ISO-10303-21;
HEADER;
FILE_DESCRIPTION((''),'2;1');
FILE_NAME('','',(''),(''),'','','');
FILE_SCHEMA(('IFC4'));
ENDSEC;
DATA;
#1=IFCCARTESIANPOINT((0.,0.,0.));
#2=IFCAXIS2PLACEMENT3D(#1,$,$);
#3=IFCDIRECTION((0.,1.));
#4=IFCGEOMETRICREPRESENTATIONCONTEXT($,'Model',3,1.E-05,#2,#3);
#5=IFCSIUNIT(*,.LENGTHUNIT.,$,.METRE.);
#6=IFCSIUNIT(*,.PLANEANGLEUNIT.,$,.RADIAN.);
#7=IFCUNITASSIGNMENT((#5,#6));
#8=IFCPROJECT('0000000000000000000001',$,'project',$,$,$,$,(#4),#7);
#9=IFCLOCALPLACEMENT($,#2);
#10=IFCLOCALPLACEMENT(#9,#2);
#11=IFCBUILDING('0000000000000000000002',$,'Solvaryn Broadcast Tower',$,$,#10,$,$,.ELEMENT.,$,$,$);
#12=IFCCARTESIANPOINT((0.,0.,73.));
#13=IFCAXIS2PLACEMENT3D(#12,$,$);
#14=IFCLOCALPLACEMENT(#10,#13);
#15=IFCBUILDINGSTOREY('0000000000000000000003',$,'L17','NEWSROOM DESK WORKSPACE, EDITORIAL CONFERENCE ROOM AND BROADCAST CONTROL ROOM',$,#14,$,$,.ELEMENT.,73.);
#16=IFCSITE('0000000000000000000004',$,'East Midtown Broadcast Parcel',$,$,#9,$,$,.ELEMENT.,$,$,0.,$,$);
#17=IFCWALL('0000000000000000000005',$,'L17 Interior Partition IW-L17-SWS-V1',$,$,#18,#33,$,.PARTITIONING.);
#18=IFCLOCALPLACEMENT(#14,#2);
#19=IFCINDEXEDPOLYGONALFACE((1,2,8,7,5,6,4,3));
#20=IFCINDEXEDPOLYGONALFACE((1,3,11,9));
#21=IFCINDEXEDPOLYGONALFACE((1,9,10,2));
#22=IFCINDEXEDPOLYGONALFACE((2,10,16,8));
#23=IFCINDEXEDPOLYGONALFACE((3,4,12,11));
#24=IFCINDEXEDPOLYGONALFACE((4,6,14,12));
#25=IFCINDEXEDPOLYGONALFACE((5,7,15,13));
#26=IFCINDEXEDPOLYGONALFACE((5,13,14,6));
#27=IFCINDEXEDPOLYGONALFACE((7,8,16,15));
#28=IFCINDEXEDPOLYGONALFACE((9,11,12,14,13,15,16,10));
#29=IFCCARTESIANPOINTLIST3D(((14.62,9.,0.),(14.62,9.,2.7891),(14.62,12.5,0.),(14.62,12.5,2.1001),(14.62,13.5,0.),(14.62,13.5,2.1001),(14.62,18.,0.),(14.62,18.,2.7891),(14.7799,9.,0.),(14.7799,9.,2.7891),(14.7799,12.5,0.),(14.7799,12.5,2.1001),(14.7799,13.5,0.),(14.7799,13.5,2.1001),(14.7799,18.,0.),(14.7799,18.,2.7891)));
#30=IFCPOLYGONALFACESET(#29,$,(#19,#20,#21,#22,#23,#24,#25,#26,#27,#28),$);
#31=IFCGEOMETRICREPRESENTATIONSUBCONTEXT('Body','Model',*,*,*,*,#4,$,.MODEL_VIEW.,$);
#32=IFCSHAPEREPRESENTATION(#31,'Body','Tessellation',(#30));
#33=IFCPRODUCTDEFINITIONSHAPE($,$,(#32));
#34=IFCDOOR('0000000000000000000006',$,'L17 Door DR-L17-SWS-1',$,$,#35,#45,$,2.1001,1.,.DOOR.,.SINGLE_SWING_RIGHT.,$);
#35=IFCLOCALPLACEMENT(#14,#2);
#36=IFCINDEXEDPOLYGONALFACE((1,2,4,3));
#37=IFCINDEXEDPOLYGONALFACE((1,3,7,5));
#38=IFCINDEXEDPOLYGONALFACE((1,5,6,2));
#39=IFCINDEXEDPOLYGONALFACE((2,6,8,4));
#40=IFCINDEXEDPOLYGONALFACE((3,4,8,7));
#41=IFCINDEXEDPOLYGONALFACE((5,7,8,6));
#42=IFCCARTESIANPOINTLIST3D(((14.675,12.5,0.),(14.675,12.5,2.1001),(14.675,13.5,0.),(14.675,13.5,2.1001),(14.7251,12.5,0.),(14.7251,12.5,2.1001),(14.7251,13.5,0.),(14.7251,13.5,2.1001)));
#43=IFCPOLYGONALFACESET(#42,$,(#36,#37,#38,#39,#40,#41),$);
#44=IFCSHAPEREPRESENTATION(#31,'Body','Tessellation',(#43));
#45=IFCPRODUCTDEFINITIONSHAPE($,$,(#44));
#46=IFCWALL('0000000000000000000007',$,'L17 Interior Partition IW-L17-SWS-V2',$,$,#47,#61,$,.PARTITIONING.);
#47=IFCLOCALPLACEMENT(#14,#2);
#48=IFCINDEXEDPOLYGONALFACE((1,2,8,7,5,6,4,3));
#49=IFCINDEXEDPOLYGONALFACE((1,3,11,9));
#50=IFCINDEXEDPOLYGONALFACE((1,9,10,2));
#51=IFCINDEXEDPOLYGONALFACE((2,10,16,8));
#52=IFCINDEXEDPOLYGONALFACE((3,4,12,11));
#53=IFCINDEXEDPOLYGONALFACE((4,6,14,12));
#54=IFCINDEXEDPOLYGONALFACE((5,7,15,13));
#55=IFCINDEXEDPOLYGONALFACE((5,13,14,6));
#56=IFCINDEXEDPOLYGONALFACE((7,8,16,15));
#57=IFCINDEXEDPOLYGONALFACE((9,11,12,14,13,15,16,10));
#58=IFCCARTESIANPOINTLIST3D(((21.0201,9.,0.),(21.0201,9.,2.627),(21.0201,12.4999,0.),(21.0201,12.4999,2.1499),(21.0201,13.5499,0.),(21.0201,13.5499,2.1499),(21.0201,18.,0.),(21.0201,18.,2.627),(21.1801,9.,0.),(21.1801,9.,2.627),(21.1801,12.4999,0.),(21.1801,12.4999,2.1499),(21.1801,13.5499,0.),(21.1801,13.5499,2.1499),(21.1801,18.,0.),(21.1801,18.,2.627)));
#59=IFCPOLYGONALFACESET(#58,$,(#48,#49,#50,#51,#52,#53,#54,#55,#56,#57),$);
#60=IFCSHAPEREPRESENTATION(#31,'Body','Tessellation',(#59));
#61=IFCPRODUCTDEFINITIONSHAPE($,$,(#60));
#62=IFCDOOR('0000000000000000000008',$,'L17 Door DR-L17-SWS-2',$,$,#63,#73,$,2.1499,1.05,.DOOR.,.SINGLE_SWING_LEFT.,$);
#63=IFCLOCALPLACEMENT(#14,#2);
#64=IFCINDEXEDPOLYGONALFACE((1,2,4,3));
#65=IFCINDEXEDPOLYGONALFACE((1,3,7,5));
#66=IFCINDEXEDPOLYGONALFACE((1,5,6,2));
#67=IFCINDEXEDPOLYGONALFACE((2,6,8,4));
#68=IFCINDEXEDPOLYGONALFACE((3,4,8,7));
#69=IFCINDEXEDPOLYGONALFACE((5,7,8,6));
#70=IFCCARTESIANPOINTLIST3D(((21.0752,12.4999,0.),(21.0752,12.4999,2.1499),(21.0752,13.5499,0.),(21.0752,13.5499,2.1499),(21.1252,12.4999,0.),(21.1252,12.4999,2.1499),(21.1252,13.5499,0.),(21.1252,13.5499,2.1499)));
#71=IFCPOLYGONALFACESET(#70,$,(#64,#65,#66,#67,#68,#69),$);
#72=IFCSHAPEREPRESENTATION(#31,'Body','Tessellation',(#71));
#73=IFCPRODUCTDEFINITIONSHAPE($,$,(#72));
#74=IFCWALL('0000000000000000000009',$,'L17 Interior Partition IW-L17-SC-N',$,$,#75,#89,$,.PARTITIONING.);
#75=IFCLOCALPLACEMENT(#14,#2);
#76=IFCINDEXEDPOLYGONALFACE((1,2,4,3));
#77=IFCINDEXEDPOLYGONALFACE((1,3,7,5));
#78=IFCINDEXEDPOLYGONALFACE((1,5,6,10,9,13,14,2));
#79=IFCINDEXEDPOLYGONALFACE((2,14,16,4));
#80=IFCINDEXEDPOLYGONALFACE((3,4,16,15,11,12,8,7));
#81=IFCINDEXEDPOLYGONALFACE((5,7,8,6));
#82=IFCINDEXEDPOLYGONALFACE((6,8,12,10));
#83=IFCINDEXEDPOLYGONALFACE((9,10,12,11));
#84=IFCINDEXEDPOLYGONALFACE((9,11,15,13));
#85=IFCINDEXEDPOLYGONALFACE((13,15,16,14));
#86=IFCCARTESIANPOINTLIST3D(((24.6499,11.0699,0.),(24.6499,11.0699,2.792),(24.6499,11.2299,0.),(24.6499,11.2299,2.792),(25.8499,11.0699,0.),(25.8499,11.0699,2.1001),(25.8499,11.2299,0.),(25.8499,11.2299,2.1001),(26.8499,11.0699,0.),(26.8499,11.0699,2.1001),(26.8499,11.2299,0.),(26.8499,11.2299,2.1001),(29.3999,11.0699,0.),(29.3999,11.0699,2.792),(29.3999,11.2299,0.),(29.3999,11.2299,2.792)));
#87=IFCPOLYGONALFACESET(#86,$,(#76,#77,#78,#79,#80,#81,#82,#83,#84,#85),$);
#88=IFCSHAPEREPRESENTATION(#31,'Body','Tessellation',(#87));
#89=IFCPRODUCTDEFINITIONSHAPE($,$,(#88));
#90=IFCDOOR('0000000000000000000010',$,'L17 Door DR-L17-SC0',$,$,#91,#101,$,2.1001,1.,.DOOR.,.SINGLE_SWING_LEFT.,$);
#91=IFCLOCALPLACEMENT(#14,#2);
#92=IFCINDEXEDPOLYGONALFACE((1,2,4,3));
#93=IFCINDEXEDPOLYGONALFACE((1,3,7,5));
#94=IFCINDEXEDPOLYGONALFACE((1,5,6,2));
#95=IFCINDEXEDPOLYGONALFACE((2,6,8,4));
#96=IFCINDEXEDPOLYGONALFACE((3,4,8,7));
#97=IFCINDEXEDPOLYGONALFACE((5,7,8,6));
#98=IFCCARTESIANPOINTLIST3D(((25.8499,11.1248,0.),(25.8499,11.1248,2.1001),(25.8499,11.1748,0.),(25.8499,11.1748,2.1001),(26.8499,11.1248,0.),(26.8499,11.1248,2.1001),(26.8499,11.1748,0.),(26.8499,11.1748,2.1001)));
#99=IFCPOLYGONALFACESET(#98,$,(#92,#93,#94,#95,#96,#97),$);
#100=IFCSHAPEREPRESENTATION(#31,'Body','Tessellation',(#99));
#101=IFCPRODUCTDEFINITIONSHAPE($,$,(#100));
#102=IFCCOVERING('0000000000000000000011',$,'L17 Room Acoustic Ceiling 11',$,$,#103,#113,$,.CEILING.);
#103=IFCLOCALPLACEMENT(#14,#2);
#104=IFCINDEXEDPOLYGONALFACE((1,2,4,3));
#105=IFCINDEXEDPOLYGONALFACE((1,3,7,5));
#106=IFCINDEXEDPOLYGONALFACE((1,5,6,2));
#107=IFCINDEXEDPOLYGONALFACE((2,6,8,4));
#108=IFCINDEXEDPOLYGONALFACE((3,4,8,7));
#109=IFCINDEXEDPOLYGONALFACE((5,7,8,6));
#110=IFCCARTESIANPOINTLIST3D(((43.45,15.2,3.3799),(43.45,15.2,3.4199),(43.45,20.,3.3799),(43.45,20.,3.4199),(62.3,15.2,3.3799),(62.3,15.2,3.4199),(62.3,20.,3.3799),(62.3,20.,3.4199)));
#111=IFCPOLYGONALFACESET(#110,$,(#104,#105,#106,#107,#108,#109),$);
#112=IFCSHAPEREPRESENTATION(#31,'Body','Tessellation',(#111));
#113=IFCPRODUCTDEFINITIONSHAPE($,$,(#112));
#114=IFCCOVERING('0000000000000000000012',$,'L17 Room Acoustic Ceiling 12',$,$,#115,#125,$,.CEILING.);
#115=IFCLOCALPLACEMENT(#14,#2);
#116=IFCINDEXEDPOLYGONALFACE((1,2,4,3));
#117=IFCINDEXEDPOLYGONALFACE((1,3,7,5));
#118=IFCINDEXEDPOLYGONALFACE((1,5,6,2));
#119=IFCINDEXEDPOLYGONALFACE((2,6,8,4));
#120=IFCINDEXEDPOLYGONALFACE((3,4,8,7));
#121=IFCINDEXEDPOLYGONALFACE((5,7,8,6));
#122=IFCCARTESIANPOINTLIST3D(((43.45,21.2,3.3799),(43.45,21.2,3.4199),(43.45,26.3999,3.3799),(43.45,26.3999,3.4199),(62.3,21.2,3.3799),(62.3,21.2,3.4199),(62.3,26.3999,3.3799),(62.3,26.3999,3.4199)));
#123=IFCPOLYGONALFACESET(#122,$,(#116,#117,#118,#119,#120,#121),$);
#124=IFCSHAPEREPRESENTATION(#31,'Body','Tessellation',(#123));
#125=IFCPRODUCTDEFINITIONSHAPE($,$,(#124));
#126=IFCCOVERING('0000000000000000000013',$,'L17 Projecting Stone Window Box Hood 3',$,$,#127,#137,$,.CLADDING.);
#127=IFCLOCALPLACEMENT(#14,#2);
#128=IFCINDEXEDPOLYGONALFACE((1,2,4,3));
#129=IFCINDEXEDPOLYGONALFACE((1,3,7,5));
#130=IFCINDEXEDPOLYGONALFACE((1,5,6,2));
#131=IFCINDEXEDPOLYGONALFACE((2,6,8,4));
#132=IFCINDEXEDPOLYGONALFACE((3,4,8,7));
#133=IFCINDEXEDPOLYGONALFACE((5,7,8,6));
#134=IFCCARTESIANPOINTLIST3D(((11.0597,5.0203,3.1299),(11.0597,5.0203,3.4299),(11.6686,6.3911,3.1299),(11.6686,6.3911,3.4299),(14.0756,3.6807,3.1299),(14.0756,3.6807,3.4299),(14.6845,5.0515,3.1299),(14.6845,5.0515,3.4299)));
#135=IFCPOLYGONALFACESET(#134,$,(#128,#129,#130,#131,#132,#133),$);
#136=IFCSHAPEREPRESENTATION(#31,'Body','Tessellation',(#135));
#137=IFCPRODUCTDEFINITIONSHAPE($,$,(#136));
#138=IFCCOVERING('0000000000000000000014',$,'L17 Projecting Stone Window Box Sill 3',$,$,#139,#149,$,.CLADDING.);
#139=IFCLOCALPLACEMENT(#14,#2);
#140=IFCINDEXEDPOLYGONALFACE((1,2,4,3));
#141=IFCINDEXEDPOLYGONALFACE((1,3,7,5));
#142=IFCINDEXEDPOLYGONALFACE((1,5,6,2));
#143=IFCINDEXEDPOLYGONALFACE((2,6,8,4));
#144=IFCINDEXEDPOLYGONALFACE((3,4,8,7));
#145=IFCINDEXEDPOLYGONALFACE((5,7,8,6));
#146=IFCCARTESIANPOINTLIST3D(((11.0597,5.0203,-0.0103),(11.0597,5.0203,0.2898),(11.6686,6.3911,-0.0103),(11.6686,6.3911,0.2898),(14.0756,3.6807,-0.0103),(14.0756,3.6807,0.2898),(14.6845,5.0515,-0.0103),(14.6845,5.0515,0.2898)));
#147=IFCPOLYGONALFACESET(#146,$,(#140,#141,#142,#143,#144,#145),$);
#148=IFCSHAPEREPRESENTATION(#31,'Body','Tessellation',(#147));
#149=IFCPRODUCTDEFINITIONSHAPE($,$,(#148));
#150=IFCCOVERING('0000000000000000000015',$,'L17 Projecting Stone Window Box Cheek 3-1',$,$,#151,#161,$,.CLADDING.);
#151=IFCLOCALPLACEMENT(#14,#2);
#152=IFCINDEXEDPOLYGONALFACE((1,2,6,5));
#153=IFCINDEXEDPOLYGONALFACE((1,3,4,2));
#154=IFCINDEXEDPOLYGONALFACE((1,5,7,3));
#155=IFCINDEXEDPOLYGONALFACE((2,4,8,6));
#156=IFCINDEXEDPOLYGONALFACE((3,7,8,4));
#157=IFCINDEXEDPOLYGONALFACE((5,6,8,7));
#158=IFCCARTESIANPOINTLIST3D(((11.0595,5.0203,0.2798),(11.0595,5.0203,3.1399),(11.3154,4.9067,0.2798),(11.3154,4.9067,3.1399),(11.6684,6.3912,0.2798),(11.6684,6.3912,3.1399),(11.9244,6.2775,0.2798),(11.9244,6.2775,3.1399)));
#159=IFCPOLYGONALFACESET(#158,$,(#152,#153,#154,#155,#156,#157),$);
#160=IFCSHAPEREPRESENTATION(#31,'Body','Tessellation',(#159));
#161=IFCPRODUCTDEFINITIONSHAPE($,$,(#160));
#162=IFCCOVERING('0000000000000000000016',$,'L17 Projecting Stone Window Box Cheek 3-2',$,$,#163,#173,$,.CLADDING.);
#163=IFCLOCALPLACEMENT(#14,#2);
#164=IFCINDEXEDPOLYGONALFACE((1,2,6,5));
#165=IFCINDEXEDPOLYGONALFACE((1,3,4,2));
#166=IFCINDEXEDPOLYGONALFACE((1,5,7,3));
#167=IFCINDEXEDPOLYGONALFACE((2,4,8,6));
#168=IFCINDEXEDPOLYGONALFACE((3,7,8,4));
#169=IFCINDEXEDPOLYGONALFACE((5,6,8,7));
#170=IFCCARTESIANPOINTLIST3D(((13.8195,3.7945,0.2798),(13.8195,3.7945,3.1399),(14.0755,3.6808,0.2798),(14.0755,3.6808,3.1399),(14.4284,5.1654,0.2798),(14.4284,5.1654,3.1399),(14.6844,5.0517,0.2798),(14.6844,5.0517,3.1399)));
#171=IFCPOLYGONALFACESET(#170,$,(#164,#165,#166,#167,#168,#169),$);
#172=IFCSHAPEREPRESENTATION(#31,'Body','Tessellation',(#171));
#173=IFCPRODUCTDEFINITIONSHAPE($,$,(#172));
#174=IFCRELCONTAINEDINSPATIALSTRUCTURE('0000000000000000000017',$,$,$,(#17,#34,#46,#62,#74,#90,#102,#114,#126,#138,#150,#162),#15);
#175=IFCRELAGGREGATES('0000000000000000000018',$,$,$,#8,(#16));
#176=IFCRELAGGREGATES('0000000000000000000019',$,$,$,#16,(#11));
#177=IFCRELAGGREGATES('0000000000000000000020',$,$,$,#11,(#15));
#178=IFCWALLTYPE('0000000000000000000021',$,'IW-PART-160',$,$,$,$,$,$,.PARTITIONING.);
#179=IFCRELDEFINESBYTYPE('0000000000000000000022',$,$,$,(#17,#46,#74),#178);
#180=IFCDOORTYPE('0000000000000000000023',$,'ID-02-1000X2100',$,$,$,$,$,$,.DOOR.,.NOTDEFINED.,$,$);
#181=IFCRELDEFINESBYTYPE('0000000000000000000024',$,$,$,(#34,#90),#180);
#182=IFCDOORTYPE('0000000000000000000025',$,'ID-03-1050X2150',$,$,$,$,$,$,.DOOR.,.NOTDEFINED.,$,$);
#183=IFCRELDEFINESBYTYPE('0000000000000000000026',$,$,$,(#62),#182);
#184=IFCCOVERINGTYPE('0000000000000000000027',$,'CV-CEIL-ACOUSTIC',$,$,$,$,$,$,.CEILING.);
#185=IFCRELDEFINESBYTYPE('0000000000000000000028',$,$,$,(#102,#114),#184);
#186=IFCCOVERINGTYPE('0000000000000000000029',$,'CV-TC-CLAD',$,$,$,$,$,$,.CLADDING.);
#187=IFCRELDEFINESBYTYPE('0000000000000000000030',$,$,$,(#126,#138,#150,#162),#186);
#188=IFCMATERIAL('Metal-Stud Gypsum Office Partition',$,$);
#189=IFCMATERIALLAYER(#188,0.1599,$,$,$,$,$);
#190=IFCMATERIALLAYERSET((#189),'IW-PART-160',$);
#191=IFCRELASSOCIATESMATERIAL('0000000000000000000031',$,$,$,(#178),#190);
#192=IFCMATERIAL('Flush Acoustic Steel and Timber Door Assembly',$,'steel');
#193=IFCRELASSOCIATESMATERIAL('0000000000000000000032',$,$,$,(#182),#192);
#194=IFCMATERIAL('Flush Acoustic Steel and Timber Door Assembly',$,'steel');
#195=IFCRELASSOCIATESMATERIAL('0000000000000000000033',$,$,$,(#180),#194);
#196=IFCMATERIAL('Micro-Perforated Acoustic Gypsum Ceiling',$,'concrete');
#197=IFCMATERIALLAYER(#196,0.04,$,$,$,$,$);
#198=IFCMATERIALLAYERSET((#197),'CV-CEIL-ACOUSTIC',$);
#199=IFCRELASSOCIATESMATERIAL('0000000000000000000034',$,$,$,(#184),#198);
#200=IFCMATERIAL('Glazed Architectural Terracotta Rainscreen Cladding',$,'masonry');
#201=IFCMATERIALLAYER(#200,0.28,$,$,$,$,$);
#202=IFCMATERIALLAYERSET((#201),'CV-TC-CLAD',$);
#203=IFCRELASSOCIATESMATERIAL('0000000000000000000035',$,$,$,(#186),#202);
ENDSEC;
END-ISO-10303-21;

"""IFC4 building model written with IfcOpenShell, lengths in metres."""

from ifc_helpers import new_model, si_unit, direction, frame, frame_2d, origin, origin_2d, place, context, subcontext, project, spatial, polyline, rectangle, outline, extrude, material, layer, layer_set, type_object, element, fill, save


model = new_model("IFC4")

# Units and contexts
model_context = context("Model", 3, precision=1e-05, world=origin(), true_north=direction((0.0, 1.0)))
body_context = subcontext(model_context, "Body", "Model", "MODEL_VIEW")
ifc_project = project(units=[si_unit("LENGTHUNIT", "METRE"), si_unit("PLANEANGLEUNIT", "RADIAN")], contexts=[model_context])

# Site, building, storey
site_placement = place(None, origin())
site = spatial("IfcSite", under=ifc_project, at=site_placement, Name="East Midtown Broadcast Parcel", CompositionType="ELEMENT", RefElevation=0.0)
building_placement = place(site_placement, origin())
building = spatial("IfcBuilding", under=site, at=building_placement, Name="Solvaryn Broadcast Tower", CompositionType="ELEMENT")
storey_placement = place(building_placement, frame((0.0, 0.0, 73.0)))
storey = spatial("IfcBuildingStorey", under=building, at=storey_placement, Name="L17", Description="NEWSROOM DESK WORKSPACE, EDITORIAL CONFERENCE ROOM AND BROADCAST CONTROL ROOM", CompositionType="ELEMENT", Elevation=73.0)

# Shared definitions
ifc_material_1 = material(Name="Metal-Stud Gypsum Office Partition")
ifc_layer_1 = layer(ifc_material_1, 0.1599)
ifc_layer_set_1 = layer_set([ifc_layer_1], Name="IW-PART-160")
wall_type = type_object("IfcWallType", Name="IW-PART-160", PredefinedType="PARTITIONING", material=ifc_layer_set_1)
ifc_material_2 = material(Name="Flush Acoustic Steel and Timber Door Assembly", Category="steel")
door_type_1 = type_object("IfcDoorType", Name="ID-03-1050X2150", OperationType="NOTDEFINED", PredefinedType="DOOR", material=ifc_material_2)

# Walls, openings, doors
wall_1_placement = place(storey_placement, frame((14.7, 9.0, 0.0), z_axis=(0.0, 0.0, 1.0), x_axis=(0.0, 1.0, 0.0)))
wall_1 = element("IfcWall", 1, at=wall_1_placement, inside=storey, type_object=wall_type, Name="L17 Interior Partition IW-L17-SWS-V1", PredefinedType="PARTITIONING", context=body_context, shape_type="SweptSolid", body=[
    extrude(rectangle(XDim=9.0, YDim=0.1599, at=frame_2d((4.5, 0.0))), origin(), (0.0, 0.0, 1.0), 2.7891),
])
opening_1_placement = place(wall_1_placement, frame((3.5, 0.0, 0.0)))
opening_1 = element("IfcOpeningElement", 2, at=opening_1_placement, cuts=wall_1, PredefinedType="OPENING", context=body_context, shape_type="SweptSolid", body=[
    extrude(rectangle(XDim=1.0, YDim=2.1001, at=frame_2d((0.5, 1.05))), frame((0.0, 0.0901, 0.0), z_axis=(0.0, -1.0, 0.0), x_axis=(1.0, 0.0, 0.0)), (0.0, 0.0, 1.0), 0.1799),
])
ifc_material_3 = material(Name="Flush Acoustic Steel and Timber Door Assembly", Category="steel")
door_type_2 = type_object("IfcDoorType", Name="ID-02-1000X2100", OperationType="NOTDEFINED", PredefinedType="DOOR", material=ifc_material_3)
door_1_placement = place(opening_1_placement, origin())
door_1 = element("IfcDoor", 3, at=door_1_placement, inside=storey, type_object=door_type_2, Name="L17 Door DR-L17-SWS-1", OperationType="SINGLE_SWING_RIGHT", OverallHeight=2.1001, OverallWidth=1.0, PredefinedType="DOOR", context=body_context, shape_type="SweptSolid", body=[
    extrude(rectangle(XDim=1.0, YDim=2.1001, at=frame_2d((0.5, 1.05))), frame((0.0, 0.0249, 0.0), z_axis=(0.0, -1.0, 0.0), x_axis=(1.0, 0.0, 0.0)), (0.0, 0.0, 1.0), 0.05),
])
fill(opening_1, door_1)
wall_2_placement = place(storey_placement, frame((21.1001, 9.0, 0.0), z_axis=(0.0, 0.0, 1.0), x_axis=(0.0, 1.0, 0.0)))
wall_2 = element("IfcWall", 4, at=wall_2_placement, inside=storey, type_object=wall_type, Name="L17 Interior Partition IW-L17-SWS-V2", PredefinedType="PARTITIONING", context=body_context, shape_type="SweptSolid", body=[
    extrude(rectangle(XDim=9.0, YDim=0.1599, at=frame_2d((4.5, 0.0))), origin(), (0.0, 0.0, 1.0), 2.627),
])
opening_2_placement = place(wall_2_placement, frame((3.5, 0.0, 0.0)))
opening_2 = element("IfcOpeningElement", 5, at=opening_2_placement, cuts=wall_2, PredefinedType="OPENING", context=body_context, shape_type="SweptSolid", body=[
    extrude(rectangle(XDim=1.05, YDim=2.1499, at=frame_2d((0.5249, 1.075))), frame((0.0, 0.0901, 0.0), z_axis=(0.0, -1.0, 0.0), x_axis=(1.0, 0.0, 0.0)), (0.0, 0.0, 1.0), 0.1799),
])
door_2_placement = place(opening_2_placement, origin())
door_2 = element("IfcDoor", 6, at=door_2_placement, inside=storey, type_object=door_type_1, Name="L17 Door DR-L17-SWS-2", OperationType="SINGLE_SWING_LEFT", OverallHeight=2.1499, OverallWidth=1.05, PredefinedType="DOOR", context=body_context, shape_type="SweptSolid", body=[
    extrude(rectangle(XDim=1.05, YDim=2.1499, at=frame_2d((0.5249, 1.075))), frame((0.0, 0.0249, 0.0), z_axis=(0.0, -1.0, 0.0), x_axis=(1.0, 0.0, 0.0)), (0.0, 0.0, 1.0), 0.05),
])
fill(opening_2, door_2)
wall_3_placement = place(storey_placement, frame((24.6499, 11.1499, 0.0), z_axis=(0.0, 0.0, 1.0), x_axis=(1.0, 0.0, 0.0)))
wall_3 = element("IfcWall", 7, at=wall_3_placement, inside=storey, type_object=wall_type, Name="L17 Interior Partition IW-L17-SC-N", PredefinedType="PARTITIONING", context=body_context, shape_type="SweptSolid", body=[
    extrude(rectangle(XDim=4.75, YDim=0.1599, at=frame_2d((2.375, 0.0))), origin(), (0.0, 0.0, 1.0), 2.792),
])
opening_3_placement = place(wall_3_placement, frame((1.2, 0.0, 0.0)))
opening_3 = element("IfcOpeningElement", 8, at=opening_3_placement, cuts=wall_3, PredefinedType="OPENING", context=body_context, shape_type="SweptSolid", body=[
    extrude(rectangle(XDim=1.0, YDim=2.1001, at=frame_2d((0.5, 1.05))), frame((0.0, 0.0901, 0.0), z_axis=(0.0, -1.0, 0.0), x_axis=(1.0, 0.0, 0.0)), (0.0, 0.0, 1.0), 0.1799),
])
door_3_placement = place(opening_3_placement, origin())
door_3 = element("IfcDoor", 9, at=door_3_placement, inside=storey, type_object=door_type_2, Name="L17 Door DR-L17-SC0", OperationType="SINGLE_SWING_LEFT", OverallHeight=2.1001, OverallWidth=1.0, PredefinedType="DOOR", context=body_context, shape_type="SweptSolid", body=[
    extrude(rectangle(XDim=1.0, YDim=2.1001, at=frame_2d((0.5, 1.05))), frame((0.0, 0.0249, 0.0), z_axis=(0.0, -1.0, 0.0), x_axis=(1.0, 0.0, 0.0)), (0.0, 0.0, 1.0), 0.05),
])
fill(opening_3, door_3)

# Coverings
ifc_material_4 = material(Name="Micro-Perforated Acoustic Gypsum Ceiling", Category="concrete")
ifc_layer_2 = layer(ifc_material_4, 0.04)
ifc_layer_set_2 = layer_set([ifc_layer_2], Name="CV-CEIL-ACOUSTIC")
covering_type_1 = type_object("IfcCoveringType", Name="CV-CEIL-ACOUSTIC", PredefinedType="CEILING", material=ifc_layer_set_2)
covering_1_placement = place(storey_placement, frame((0.0, 0.0, 3.3799)))
element("IfcCovering", 10, at=covering_1_placement, inside=storey, type_object=covering_type_1, Name="L17 Room Acoustic Ceiling 11", PredefinedType="CEILING", context=body_context, shape_type="SweptSolid", body=[
    extrude(outline(polyline([(43.45, 15.2), (62.3, 15.2), (62.3, 20.0), (43.45, 20.0), (43.45, 15.2)])), origin(), (0.0, 0.0, 1.0), 0.04),
])
covering_2_placement = place(storey_placement, frame((0.0, 0.0, 3.3799)))
element("IfcCovering", 11, at=covering_2_placement, inside=storey, type_object=covering_type_1, Name="L17 Room Acoustic Ceiling 12", PredefinedType="CEILING", context=body_context, shape_type="SweptSolid", body=[
    extrude(outline(polyline([(43.45, 21.2), (62.3, 21.2), (62.3, 26.3999), (43.45, 26.3999), (43.45, 21.2)])), origin(), (0.0, 0.0, 1.0), 0.04),
])
ifc_material_5 = material(Name="Glazed Architectural Terracotta Rainscreen Cladding", Category="masonry")
ifc_layer_3 = layer(ifc_material_5, 0.28)
ifc_layer_set_3 = layer_set([ifc_layer_3], Name="CV-TC-CLAD")
covering_type_2 = type_object("IfcCoveringType", Name="CV-TC-CLAD", PredefinedType="CLADDING", material=ifc_layer_set_3)
for number, where, z_axis, x_axis, name in (
    (12, (12.8721, 5.0359, 3.1299), (0.0, 0.0, 1.0), (0.9139, -0.405939, 0.0), "L17 Projecting Stone Window Box Hood 3"),
    (13, (12.8721, 5.0359, -0.0103), (0.0, 0.0, 1.0), (0.9139, -0.405939, 0.0), "L17 Projecting Stone Window Box Sill 3"),
):
    element("IfcCovering", number, at=place(storey_placement, frame(where, z_axis=z_axis, x_axis=x_axis)), inside=storey, type_object=covering_type_2, Name=name, PredefinedType="CLADDING", context=body_context, shape_type="SweptSolid", body=[
        extrude(rectangle(XDim=3.3, YDim=1.5, at=origin_2d()), origin(), (0.0, 0.0, 1.0), 0.3),
    ])
for number, where, z_axis, x_axis, name in (
    (14, (11.4919, 5.6489, 0.2798), (0.0, 0.0, 1.0), (0.9139, -0.405939, 0.0), "L17 Projecting Stone Window Box Cheek 3-1"),
    (15, (14.252, 4.4231, 0.2798), (0.0, 0.0, 1.0), (0.9139, -0.405939, 0.0), "L17 Projecting Stone Window Box Cheek 3-2"),
):
    element("IfcCovering", number, at=place(storey_placement, frame(where, z_axis=z_axis, x_axis=x_axis)), inside=storey, type_object=covering_type_2, Name=name, PredefinedType="CLADDING", context=body_context, shape_type="SweptSolid", body=[
        extrude(rectangle(XDim=0.28, YDim=1.5, at=origin_2d()), origin(), (0.0, 0.0, 1.0), 2.8601),
    ])

save(model, "model.ifc")
